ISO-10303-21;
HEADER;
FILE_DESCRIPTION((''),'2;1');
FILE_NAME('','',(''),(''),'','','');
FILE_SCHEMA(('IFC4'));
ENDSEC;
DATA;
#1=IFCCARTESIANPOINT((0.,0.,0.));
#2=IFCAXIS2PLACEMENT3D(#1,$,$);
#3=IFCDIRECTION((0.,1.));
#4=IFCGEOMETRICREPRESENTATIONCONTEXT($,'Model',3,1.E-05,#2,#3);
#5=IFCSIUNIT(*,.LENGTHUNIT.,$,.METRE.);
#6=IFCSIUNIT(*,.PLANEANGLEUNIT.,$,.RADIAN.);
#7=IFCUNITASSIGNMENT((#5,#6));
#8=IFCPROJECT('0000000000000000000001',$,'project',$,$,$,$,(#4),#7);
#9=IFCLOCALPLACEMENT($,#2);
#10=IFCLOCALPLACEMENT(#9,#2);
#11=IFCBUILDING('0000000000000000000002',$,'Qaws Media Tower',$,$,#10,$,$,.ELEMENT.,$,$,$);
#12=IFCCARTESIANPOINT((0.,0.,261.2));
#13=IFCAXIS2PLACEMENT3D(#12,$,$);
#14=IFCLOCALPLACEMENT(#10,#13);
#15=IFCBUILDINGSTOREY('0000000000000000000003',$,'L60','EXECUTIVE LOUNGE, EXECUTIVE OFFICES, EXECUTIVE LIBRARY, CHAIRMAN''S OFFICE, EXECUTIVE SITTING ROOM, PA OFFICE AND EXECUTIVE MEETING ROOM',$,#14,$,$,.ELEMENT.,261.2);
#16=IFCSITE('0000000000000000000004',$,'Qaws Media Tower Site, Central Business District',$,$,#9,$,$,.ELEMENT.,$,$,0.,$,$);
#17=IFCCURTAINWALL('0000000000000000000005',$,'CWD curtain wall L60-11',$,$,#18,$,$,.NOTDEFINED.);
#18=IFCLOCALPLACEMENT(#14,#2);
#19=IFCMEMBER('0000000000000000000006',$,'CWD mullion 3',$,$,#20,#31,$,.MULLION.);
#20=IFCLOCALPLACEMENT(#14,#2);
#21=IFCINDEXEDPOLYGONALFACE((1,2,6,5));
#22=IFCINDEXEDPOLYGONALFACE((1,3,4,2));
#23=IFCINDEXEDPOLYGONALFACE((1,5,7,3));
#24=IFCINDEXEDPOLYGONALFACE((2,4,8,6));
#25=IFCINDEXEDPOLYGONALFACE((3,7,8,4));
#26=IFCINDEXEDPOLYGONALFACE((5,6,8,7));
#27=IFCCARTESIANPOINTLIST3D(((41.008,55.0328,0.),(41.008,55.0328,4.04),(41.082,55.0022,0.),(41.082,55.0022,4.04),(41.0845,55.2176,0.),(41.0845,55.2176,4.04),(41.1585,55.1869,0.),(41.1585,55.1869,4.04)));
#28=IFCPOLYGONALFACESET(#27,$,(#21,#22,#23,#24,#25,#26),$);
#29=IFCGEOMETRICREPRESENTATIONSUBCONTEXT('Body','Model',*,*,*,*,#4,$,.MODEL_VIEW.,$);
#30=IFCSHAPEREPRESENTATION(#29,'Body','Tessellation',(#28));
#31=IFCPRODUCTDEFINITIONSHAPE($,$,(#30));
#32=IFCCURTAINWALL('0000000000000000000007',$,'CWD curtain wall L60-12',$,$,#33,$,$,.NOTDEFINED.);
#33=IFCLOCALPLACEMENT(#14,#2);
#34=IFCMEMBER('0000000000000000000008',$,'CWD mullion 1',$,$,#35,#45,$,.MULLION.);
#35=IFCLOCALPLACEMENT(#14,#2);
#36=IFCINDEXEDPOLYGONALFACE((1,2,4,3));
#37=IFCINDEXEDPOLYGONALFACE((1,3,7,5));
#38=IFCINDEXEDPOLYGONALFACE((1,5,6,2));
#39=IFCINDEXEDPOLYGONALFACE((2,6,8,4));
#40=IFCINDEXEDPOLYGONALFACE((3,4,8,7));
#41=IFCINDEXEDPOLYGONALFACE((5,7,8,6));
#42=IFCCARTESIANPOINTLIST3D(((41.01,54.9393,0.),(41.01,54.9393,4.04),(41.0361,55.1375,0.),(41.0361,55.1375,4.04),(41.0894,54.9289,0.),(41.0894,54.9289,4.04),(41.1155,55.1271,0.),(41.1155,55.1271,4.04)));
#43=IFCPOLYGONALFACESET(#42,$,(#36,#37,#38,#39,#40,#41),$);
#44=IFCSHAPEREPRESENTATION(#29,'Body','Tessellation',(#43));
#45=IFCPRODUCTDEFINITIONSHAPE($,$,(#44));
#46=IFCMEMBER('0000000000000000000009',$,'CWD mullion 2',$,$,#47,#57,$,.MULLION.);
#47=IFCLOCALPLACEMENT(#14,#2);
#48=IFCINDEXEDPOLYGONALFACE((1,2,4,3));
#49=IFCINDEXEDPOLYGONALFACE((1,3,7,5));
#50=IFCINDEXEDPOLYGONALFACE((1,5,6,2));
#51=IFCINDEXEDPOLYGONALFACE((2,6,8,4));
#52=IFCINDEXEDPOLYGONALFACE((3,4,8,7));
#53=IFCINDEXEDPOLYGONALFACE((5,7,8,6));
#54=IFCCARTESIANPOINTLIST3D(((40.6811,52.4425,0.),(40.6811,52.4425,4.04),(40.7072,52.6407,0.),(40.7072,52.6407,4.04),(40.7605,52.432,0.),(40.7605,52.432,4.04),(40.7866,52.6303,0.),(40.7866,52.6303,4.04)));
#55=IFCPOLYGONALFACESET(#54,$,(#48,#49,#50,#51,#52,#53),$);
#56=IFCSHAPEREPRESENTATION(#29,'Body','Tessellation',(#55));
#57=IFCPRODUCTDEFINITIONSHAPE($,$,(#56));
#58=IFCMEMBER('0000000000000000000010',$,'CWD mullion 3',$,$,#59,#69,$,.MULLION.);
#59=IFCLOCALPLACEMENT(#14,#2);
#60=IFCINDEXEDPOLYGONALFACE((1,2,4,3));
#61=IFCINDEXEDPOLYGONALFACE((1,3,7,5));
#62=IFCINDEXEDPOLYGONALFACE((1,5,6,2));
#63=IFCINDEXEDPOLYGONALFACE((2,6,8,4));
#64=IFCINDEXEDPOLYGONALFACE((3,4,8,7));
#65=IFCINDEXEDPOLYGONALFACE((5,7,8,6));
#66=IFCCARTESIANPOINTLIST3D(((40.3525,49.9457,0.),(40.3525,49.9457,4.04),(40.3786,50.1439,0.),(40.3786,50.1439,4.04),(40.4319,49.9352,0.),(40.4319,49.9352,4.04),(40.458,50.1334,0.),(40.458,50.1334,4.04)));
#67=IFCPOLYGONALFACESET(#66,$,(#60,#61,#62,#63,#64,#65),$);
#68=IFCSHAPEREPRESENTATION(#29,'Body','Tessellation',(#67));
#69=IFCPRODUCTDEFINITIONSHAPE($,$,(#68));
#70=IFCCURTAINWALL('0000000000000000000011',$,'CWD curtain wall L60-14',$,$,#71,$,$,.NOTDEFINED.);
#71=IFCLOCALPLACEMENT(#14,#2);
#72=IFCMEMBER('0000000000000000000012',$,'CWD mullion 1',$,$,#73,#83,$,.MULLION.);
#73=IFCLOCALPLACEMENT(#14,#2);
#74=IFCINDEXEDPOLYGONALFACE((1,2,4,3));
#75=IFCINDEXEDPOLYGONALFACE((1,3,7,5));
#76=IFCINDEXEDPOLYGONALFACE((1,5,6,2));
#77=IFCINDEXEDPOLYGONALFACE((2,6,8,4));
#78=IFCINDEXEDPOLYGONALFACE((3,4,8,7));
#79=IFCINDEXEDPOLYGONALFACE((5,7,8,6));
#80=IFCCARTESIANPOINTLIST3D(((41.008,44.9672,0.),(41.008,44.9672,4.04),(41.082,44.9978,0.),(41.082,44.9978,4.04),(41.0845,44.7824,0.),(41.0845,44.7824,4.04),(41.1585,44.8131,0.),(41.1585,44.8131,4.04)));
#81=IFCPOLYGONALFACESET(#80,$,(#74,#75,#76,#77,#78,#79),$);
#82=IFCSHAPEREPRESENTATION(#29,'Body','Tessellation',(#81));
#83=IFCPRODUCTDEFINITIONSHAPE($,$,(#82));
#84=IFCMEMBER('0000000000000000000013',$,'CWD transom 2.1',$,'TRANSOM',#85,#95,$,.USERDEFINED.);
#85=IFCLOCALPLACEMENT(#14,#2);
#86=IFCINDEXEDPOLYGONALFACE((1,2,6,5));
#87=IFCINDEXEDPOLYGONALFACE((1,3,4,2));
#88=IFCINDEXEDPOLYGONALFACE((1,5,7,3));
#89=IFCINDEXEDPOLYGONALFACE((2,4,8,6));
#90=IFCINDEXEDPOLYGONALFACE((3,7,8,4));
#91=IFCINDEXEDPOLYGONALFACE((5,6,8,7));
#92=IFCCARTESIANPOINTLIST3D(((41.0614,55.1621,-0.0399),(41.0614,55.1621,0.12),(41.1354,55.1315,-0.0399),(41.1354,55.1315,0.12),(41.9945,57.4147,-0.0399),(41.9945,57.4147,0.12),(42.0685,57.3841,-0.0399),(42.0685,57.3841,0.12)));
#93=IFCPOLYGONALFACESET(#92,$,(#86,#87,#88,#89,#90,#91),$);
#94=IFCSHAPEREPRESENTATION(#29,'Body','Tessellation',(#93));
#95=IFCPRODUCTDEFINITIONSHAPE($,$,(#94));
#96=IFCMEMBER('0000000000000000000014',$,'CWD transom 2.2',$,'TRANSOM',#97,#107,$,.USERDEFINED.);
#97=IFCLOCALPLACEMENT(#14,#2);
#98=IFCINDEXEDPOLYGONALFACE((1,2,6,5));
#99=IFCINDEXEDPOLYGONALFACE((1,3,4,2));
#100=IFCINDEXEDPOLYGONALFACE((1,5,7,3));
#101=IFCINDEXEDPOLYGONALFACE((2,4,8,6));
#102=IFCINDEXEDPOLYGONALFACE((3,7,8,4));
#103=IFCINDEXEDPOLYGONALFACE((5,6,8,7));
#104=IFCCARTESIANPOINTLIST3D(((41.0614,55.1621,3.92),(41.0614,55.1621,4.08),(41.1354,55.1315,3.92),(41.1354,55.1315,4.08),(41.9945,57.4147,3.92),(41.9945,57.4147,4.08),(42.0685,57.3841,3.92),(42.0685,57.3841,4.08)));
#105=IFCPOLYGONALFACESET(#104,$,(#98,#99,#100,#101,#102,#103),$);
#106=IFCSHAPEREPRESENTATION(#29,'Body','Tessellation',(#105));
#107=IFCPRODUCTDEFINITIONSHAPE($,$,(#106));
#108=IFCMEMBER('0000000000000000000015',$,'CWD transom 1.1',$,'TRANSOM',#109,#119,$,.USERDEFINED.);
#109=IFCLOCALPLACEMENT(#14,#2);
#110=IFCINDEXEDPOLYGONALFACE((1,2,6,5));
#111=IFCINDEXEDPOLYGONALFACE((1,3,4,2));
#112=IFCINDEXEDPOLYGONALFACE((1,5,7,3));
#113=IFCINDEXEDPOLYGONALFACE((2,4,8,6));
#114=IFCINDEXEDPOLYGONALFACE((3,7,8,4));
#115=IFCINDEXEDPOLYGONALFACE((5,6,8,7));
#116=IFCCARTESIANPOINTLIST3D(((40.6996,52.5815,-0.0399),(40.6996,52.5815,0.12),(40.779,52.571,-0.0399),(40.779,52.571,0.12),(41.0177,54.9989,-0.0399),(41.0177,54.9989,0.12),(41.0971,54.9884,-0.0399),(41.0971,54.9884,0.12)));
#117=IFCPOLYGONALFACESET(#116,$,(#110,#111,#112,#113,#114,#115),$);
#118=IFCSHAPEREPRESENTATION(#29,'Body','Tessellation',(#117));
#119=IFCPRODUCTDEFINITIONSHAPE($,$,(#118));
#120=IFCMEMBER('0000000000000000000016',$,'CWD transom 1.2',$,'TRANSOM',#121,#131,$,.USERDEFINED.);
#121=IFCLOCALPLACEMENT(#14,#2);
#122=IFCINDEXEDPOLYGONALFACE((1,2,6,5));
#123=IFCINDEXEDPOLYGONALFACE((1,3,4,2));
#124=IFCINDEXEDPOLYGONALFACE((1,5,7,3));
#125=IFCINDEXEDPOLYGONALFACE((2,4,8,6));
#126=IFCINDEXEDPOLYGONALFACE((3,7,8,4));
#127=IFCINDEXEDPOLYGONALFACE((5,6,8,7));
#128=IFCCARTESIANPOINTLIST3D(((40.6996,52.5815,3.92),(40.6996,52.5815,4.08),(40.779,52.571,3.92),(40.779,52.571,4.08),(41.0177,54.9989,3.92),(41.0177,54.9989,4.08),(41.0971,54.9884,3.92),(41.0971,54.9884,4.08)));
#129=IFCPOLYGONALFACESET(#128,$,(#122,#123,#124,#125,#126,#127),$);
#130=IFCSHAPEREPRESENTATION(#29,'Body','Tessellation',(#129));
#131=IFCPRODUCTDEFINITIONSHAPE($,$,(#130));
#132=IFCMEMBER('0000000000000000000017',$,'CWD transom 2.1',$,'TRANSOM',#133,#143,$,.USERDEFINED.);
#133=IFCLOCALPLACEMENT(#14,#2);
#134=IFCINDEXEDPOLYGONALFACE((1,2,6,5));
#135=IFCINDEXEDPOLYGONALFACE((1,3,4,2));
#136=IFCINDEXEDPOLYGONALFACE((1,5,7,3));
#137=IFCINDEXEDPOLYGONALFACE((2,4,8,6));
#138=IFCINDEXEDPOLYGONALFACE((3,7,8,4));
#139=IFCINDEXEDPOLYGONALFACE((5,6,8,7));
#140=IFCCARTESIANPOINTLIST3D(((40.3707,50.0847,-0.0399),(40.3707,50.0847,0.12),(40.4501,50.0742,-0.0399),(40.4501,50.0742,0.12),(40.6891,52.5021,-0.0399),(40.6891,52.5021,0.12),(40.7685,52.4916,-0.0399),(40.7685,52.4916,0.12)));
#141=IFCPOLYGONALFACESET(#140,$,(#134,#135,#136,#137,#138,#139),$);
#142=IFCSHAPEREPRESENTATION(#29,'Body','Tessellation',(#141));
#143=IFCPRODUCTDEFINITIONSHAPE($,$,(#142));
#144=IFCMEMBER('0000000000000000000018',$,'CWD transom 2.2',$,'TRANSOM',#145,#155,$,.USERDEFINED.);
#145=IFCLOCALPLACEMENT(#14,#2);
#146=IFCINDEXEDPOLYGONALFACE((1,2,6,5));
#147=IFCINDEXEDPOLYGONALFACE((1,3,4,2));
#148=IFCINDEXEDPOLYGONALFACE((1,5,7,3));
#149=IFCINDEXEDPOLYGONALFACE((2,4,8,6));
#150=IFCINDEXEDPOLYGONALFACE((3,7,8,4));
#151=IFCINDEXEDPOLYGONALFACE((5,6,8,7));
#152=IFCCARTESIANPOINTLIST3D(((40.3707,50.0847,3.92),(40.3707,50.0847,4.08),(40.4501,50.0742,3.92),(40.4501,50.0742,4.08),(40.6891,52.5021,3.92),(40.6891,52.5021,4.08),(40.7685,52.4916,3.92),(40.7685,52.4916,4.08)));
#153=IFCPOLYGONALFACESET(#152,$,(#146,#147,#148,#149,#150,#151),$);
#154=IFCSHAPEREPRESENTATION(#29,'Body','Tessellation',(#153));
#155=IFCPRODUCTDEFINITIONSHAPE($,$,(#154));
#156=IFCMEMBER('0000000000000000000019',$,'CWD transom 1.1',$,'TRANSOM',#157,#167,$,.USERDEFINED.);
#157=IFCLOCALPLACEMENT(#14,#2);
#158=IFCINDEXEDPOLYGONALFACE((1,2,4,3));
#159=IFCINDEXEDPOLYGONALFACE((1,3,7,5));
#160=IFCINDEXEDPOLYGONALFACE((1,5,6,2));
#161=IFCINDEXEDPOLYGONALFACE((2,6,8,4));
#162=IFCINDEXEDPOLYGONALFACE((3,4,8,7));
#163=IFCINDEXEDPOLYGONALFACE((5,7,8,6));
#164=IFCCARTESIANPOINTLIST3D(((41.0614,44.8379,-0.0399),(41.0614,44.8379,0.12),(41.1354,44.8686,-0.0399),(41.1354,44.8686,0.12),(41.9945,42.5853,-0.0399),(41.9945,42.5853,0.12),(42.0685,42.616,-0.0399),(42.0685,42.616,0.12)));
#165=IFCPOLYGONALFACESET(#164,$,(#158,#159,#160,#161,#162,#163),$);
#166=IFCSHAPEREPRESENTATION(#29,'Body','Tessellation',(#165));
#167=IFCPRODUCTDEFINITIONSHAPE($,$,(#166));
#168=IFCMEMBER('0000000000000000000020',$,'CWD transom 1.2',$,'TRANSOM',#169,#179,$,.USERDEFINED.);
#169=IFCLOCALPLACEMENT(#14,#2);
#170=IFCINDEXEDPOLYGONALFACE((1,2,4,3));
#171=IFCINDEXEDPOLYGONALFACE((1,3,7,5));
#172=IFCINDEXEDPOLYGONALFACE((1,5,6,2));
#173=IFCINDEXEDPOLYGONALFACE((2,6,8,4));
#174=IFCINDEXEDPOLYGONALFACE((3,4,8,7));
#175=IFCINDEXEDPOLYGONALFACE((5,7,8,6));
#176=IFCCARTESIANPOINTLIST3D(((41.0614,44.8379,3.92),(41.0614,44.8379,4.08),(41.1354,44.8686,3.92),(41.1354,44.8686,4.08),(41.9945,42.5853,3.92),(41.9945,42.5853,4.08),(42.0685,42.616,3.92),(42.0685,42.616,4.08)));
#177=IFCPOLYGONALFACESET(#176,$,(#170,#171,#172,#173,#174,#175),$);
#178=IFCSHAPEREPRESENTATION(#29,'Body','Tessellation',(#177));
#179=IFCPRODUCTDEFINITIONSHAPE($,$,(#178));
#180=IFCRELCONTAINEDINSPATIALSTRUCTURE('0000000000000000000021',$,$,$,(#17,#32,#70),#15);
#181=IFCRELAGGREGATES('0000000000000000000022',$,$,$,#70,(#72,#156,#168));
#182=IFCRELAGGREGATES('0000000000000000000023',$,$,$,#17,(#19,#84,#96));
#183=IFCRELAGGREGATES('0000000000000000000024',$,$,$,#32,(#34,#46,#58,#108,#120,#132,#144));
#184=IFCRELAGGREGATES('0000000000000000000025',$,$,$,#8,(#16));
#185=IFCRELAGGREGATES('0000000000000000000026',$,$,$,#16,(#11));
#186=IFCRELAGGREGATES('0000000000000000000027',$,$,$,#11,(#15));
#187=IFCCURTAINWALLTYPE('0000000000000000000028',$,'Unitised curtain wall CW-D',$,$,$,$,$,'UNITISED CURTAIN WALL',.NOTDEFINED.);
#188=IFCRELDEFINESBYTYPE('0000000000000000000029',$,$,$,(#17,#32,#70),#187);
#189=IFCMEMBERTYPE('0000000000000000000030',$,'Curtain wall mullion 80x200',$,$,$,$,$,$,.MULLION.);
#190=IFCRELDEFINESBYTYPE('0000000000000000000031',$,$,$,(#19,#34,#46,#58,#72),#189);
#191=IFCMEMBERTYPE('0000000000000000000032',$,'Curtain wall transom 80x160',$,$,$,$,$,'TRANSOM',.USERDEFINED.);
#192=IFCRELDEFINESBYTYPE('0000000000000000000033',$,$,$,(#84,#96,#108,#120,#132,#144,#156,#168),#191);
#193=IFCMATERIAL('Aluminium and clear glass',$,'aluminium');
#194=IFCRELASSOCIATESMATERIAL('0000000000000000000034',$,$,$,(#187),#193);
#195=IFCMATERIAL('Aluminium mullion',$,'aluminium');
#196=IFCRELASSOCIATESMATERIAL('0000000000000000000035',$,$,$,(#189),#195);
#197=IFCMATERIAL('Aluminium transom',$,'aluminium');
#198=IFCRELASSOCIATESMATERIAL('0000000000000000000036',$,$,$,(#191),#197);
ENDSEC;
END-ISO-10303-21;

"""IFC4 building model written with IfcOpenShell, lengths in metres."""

from ifc_helpers import new_model, si_unit, direction, frame, origin, origin_2d, place, context, subcontext, project, spatial, rectangle, extrude, material, material_profile, profile_set, type_object, element, aggregate, save


model = new_model("IFC4")

# Units and contexts
model_context = context("Model", 3, precision=1e-05, world=origin(), true_north=direction((0.0, 1.0)))
body_context = subcontext(model_context, "Body", "Model", "MODEL_VIEW")
ifc_project = project(units=[si_unit("LENGTHUNIT", "METRE"), si_unit("PLANEANGLEUNIT", "RADIAN")], contexts=[model_context])

# Site, building, storey
site_placement = place(None, origin())
site = spatial("IfcSite", under=ifc_project, at=site_placement, Name="Qaws Media Tower Site, Central Business District", CompositionType="ELEMENT", RefElevation=0.0)
building_placement = place(site_placement, origin())
building = spatial("IfcBuilding", under=site, at=building_placement, Name="Qaws Media Tower", CompositionType="ELEMENT")
storey_placement = place(building_placement, frame((0.0, 0.0, 261.2)))
storey = spatial("IfcBuildingStorey", under=building, at=storey_placement, Name="L60", Description="EXECUTIVE LOUNGE, EXECUTIVE OFFICES, EXECUTIVE LIBRARY, CHAIRMAN'S OFFICE, EXECUTIVE SITTING ROOM, PA OFFICE AND EXECUTIVE MEETING ROOM", CompositionType="ELEMENT", Elevation=261.2)

# Curtain wall, member
ifc_material_1 = material(Name="Aluminium and clear glass", Category="aluminium")
curtain_wall_type = type_object("IfcCurtainWallType", Name="Unitised curtain wall CW-D", ElementType="UNITISED CURTAIN WALL", PredefinedType="NOTDEFINED", material=ifc_material_1)
curtain_wall_1_placement = place(storey_placement, origin())
curtain_wall_1 = element("IfcCurtainWall", 1, at=curtain_wall_1_placement, inside=storey, type_object=curtain_wall_type, Name="CWD curtain wall L60-11", PredefinedType="NOTDEFINED")
ifc_material_2 = material(Name="Aluminium mullion", Category="aluminium")
ifc_material_profile_1 = material_profile(ifc_material_2, rectangle(XDim=0.0801, YDim=0.2, at=origin_2d()), Name="80x200")
ifc_profile_set_1 = profile_set([ifc_material_profile_1], Name="Aluminium mullion")
member_type_1 = type_object("IfcMemberType", Name="Curtain wall mullion 80x200", PredefinedType="MULLION", material=ifc_profile_set_1)
member_1_placement = place(storey_placement, frame((41.0833, 55.1099, 0.0), z_axis=(0.0, 0.0, 1.0), x_axis=(0.92388, -0.382683, 0.0)))
member_1 = element("IfcMember", 2, at=member_1_placement, type_object=member_type_1, Name="CWD mullion 3", PredefinedType="MULLION", context=body_context, shape_type="SweptSolid", body=[
    extrude(rectangle(XDim=0.0801, YDim=0.2, at=origin_2d()), origin(), (0.0, 0.0, 1.0), 4.04),
])

# Curtain wall, members
curtain_wall_2_placement = place(storey_placement, origin())
curtain_wall_2 = element("IfcCurtainWall", 3, at=curtain_wall_2_placement, inside=storey, type_object=curtain_wall_type, Name="CWD curtain wall L60-12", PredefinedType="NOTDEFINED")
member_2_placement = place(storey_placement, frame((41.0627, 55.0332, 0.0), z_axis=(0.0, 0.0, 1.0), x_axis=(0.991445, -0.130526, 0.0)))
member_2 = element("IfcMember", 4, at=member_2_placement, type_object=member_type_1, Name="CWD mullion 1", PredefinedType="MULLION", context=body_context, shape_type="SweptSolid", body=[
    extrude(rectangle(XDim=0.0801, YDim=0.2, at=origin_2d()), origin(), (0.0, 0.0, 1.0), 4.04),
])
member_3_placement = place(storey_placement, frame((40.7339, 52.5364, 0.0), z_axis=(0.0, 0.0, 1.0), x_axis=(0.991445, -0.130526, 0.0)))
member_3 = element("IfcMember", 5, at=member_3_placement, type_object=member_type_1, Name="CWD mullion 2", PredefinedType="MULLION", context=body_context, shape_type="SweptSolid", body=[
    extrude(rectangle(XDim=0.0801, YDim=0.2, at=origin_2d()), origin(), (0.0, 0.0, 1.0), 4.04),
])
member_4_placement = place(storey_placement, frame((40.4053, 50.0396, 0.0), z_axis=(0.0, 0.0, 1.0), x_axis=(0.991445, -0.130526, 0.0)))
member_4 = element("IfcMember", 6, at=member_4_placement, type_object=member_type_1, Name="CWD mullion 3", PredefinedType="MULLION", context=body_context, shape_type="SweptSolid", body=[
    extrude(rectangle(XDim=0.0801, YDim=0.2, at=origin_2d()), origin(), (0.0, 0.0, 1.0), 4.04),
])

# Curtain wall, member
curtain_wall_3_placement = place(storey_placement, origin())
curtain_wall_3 = element("IfcCurtainWall", 7, at=curtain_wall_3_placement, inside=storey, type_object=curtain_wall_type, Name="CWD curtain wall L60-14", PredefinedType="NOTDEFINED")
member_5_placement = place(storey_placement, frame((41.0833, 44.8901, 0.0), z_axis=(0.0, 0.0, 1.0), x_axis=(0.92388, 0.382683, 0.0)))
member_5 = element("IfcMember", 8, at=member_5_placement, type_object=member_type_1, Name="CWD mullion 1", PredefinedType="MULLION", context=body_context, shape_type="SweptSolid", body=[
    extrude(rectangle(XDim=0.0801, YDim=0.2, at=origin_2d()), origin(), (0.0, 0.0, 1.0), 4.04),
])

# Members
ifc_material_3 = material(Name="Aluminium transom", Category="aluminium")
ifc_material_profile_2 = material_profile(ifc_material_3, rectangle(XDim=0.0801, YDim=0.1599, at=origin_2d()), Name="80x160")
ifc_profile_set_2 = profile_set([ifc_material_profile_2], Name="Aluminium transom")
member_type_2 = type_object("IfcMemberType", Name="Curtain wall transom 80x160", ElementType="TRANSOM", PredefinedType="USERDEFINED", material=ifc_profile_set_2)
member_6_placement = place(storey_placement, frame((42.0315, 57.3994, 0.04), z_axis=(-0.382688, -0.923878, 0.0), x_axis=(0.923878, -0.382688, 0.0)))
member_6 = element("IfcMember", 9, at=member_6_placement, type_object=member_type_2, Name="CWD transom 2.1", ObjectType="TRANSOM", PredefinedType="USERDEFINED", context=body_context, shape_type="SweptSolid", body=[
    extrude(rectangle(XDim=0.0801, YDim=0.1599, at=origin_2d()), origin(), (0.0, 0.0, 1.0), 2.4382),
])
member_7_placement = place(storey_placement, frame((42.0315, 57.3994, 4.0), z_axis=(-0.382688, -0.923878, 0.0), x_axis=(0.923878, -0.382688, 0.0)))
member_7 = element("IfcMember", 10, at=member_7_placement, type_object=member_type_2, Name="CWD transom 2.2", ObjectType="TRANSOM", PredefinedType="USERDEFINED", context=body_context, shape_type="SweptSolid", body=[
    extrude(rectangle(XDim=0.0801, YDim=0.1599, at=origin_2d()), origin(), (0.0, 0.0, 1.0), 2.4382),
])
member_8_placement = place(storey_placement, frame((41.0574, 54.9937, 0.04), z_axis=(-0.130465, -0.991453, 0.0), x_axis=(0.991453, -0.130465, 0.0)))
member_8 = element("IfcMember", 11, at=member_8_placement, type_object=member_type_2, Name="CWD transom 1.1", ObjectType="TRANSOM", PredefinedType="USERDEFINED", context=body_context, shape_type="SweptSolid", body=[
    extrude(rectangle(XDim=0.0801, YDim=0.1599, at=origin_2d()), origin(), (0.0, 0.0, 1.0), 2.4382),
])
member_9_placement = place(storey_placement, frame((41.0574, 54.9937, 4.0), z_axis=(-0.130465, -0.991453, 0.0), x_axis=(0.991453, -0.130465, 0.0)))
member_9 = element("IfcMember", 12, at=member_9_placement, type_object=member_type_2, Name="CWD transom 1.2", ObjectType="TRANSOM", PredefinedType="USERDEFINED", context=body_context, shape_type="SweptSolid", body=[
    extrude(rectangle(XDim=0.0801, YDim=0.1599, at=origin_2d()), origin(), (0.0, 0.0, 1.0), 2.4382),
])
member_10_placement = place(storey_placement, frame((40.7288, 52.4968, 0.04), z_axis=(-0.130563, -0.99144, 0.0), x_axis=(0.99144, -0.130563, 0.0)))
member_10 = element("IfcMember", 13, at=member_10_placement, type_object=member_type_2, Name="CWD transom 2.1", ObjectType="TRANSOM", PredefinedType="USERDEFINED", context=body_context, shape_type="SweptSolid", body=[
    extrude(rectangle(XDim=0.0801, YDim=0.1599, at=origin_2d()), origin(), (0.0, 0.0, 1.0), 2.4382),
])
member_11_placement = place(storey_placement, frame((40.7288, 52.4968, 4.0), z_axis=(-0.130563, -0.99144, 0.0), x_axis=(0.99144, -0.130563, 0.0)))
member_11 = element("IfcMember", 14, at=member_11_placement, type_object=member_type_2, Name="CWD transom 2.2", ObjectType="TRANSOM", PredefinedType="USERDEFINED", context=body_context, shape_type="SweptSolid", body=[
    extrude(rectangle(XDim=0.0801, YDim=0.1599, at=origin_2d()), origin(), (0.0, 0.0, 1.0), 2.4382),
])
member_12_placement = place(storey_placement, frame((41.0984, 44.8533, 0.04), z_axis=(0.382688, -0.923878, 0.0), x_axis=(0.923878, 0.382688, 0.0)))
member_12 = element("IfcMember", 15, at=member_12_placement, type_object=member_type_2, Name="CWD transom 1.1", ObjectType="TRANSOM", PredefinedType="USERDEFINED", context=body_context, shape_type="SweptSolid", body=[
    extrude(rectangle(XDim=0.0801, YDim=0.1599, at=origin_2d()), origin(), (0.0, 0.0, 1.0), 2.4382),
])
member_13_placement = place(storey_placement, frame((41.0984, 44.8533, 4.0), z_axis=(0.382688, -0.923878, 0.0), x_axis=(0.923878, 0.382688, 0.0)))
member_13 = element("IfcMember", 16, at=member_13_placement, type_object=member_type_2, Name="CWD transom 1.2", ObjectType="TRANSOM", PredefinedType="USERDEFINED", context=body_context, shape_type="SweptSolid", body=[
    extrude(rectangle(XDim=0.0801, YDim=0.1599, at=origin_2d()), origin(), (0.0, 0.0, 1.0), 2.4382),
])
aggregate(curtain_wall_3, [member_5, member_12, member_13])

aggregate(curtain_wall_1, [member_1, member_6, member_7])
aggregate(curtain_wall_2, [member_2, member_3, member_4, member_8, member_9, member_10, member_11])

save(model, "model.ifc")
